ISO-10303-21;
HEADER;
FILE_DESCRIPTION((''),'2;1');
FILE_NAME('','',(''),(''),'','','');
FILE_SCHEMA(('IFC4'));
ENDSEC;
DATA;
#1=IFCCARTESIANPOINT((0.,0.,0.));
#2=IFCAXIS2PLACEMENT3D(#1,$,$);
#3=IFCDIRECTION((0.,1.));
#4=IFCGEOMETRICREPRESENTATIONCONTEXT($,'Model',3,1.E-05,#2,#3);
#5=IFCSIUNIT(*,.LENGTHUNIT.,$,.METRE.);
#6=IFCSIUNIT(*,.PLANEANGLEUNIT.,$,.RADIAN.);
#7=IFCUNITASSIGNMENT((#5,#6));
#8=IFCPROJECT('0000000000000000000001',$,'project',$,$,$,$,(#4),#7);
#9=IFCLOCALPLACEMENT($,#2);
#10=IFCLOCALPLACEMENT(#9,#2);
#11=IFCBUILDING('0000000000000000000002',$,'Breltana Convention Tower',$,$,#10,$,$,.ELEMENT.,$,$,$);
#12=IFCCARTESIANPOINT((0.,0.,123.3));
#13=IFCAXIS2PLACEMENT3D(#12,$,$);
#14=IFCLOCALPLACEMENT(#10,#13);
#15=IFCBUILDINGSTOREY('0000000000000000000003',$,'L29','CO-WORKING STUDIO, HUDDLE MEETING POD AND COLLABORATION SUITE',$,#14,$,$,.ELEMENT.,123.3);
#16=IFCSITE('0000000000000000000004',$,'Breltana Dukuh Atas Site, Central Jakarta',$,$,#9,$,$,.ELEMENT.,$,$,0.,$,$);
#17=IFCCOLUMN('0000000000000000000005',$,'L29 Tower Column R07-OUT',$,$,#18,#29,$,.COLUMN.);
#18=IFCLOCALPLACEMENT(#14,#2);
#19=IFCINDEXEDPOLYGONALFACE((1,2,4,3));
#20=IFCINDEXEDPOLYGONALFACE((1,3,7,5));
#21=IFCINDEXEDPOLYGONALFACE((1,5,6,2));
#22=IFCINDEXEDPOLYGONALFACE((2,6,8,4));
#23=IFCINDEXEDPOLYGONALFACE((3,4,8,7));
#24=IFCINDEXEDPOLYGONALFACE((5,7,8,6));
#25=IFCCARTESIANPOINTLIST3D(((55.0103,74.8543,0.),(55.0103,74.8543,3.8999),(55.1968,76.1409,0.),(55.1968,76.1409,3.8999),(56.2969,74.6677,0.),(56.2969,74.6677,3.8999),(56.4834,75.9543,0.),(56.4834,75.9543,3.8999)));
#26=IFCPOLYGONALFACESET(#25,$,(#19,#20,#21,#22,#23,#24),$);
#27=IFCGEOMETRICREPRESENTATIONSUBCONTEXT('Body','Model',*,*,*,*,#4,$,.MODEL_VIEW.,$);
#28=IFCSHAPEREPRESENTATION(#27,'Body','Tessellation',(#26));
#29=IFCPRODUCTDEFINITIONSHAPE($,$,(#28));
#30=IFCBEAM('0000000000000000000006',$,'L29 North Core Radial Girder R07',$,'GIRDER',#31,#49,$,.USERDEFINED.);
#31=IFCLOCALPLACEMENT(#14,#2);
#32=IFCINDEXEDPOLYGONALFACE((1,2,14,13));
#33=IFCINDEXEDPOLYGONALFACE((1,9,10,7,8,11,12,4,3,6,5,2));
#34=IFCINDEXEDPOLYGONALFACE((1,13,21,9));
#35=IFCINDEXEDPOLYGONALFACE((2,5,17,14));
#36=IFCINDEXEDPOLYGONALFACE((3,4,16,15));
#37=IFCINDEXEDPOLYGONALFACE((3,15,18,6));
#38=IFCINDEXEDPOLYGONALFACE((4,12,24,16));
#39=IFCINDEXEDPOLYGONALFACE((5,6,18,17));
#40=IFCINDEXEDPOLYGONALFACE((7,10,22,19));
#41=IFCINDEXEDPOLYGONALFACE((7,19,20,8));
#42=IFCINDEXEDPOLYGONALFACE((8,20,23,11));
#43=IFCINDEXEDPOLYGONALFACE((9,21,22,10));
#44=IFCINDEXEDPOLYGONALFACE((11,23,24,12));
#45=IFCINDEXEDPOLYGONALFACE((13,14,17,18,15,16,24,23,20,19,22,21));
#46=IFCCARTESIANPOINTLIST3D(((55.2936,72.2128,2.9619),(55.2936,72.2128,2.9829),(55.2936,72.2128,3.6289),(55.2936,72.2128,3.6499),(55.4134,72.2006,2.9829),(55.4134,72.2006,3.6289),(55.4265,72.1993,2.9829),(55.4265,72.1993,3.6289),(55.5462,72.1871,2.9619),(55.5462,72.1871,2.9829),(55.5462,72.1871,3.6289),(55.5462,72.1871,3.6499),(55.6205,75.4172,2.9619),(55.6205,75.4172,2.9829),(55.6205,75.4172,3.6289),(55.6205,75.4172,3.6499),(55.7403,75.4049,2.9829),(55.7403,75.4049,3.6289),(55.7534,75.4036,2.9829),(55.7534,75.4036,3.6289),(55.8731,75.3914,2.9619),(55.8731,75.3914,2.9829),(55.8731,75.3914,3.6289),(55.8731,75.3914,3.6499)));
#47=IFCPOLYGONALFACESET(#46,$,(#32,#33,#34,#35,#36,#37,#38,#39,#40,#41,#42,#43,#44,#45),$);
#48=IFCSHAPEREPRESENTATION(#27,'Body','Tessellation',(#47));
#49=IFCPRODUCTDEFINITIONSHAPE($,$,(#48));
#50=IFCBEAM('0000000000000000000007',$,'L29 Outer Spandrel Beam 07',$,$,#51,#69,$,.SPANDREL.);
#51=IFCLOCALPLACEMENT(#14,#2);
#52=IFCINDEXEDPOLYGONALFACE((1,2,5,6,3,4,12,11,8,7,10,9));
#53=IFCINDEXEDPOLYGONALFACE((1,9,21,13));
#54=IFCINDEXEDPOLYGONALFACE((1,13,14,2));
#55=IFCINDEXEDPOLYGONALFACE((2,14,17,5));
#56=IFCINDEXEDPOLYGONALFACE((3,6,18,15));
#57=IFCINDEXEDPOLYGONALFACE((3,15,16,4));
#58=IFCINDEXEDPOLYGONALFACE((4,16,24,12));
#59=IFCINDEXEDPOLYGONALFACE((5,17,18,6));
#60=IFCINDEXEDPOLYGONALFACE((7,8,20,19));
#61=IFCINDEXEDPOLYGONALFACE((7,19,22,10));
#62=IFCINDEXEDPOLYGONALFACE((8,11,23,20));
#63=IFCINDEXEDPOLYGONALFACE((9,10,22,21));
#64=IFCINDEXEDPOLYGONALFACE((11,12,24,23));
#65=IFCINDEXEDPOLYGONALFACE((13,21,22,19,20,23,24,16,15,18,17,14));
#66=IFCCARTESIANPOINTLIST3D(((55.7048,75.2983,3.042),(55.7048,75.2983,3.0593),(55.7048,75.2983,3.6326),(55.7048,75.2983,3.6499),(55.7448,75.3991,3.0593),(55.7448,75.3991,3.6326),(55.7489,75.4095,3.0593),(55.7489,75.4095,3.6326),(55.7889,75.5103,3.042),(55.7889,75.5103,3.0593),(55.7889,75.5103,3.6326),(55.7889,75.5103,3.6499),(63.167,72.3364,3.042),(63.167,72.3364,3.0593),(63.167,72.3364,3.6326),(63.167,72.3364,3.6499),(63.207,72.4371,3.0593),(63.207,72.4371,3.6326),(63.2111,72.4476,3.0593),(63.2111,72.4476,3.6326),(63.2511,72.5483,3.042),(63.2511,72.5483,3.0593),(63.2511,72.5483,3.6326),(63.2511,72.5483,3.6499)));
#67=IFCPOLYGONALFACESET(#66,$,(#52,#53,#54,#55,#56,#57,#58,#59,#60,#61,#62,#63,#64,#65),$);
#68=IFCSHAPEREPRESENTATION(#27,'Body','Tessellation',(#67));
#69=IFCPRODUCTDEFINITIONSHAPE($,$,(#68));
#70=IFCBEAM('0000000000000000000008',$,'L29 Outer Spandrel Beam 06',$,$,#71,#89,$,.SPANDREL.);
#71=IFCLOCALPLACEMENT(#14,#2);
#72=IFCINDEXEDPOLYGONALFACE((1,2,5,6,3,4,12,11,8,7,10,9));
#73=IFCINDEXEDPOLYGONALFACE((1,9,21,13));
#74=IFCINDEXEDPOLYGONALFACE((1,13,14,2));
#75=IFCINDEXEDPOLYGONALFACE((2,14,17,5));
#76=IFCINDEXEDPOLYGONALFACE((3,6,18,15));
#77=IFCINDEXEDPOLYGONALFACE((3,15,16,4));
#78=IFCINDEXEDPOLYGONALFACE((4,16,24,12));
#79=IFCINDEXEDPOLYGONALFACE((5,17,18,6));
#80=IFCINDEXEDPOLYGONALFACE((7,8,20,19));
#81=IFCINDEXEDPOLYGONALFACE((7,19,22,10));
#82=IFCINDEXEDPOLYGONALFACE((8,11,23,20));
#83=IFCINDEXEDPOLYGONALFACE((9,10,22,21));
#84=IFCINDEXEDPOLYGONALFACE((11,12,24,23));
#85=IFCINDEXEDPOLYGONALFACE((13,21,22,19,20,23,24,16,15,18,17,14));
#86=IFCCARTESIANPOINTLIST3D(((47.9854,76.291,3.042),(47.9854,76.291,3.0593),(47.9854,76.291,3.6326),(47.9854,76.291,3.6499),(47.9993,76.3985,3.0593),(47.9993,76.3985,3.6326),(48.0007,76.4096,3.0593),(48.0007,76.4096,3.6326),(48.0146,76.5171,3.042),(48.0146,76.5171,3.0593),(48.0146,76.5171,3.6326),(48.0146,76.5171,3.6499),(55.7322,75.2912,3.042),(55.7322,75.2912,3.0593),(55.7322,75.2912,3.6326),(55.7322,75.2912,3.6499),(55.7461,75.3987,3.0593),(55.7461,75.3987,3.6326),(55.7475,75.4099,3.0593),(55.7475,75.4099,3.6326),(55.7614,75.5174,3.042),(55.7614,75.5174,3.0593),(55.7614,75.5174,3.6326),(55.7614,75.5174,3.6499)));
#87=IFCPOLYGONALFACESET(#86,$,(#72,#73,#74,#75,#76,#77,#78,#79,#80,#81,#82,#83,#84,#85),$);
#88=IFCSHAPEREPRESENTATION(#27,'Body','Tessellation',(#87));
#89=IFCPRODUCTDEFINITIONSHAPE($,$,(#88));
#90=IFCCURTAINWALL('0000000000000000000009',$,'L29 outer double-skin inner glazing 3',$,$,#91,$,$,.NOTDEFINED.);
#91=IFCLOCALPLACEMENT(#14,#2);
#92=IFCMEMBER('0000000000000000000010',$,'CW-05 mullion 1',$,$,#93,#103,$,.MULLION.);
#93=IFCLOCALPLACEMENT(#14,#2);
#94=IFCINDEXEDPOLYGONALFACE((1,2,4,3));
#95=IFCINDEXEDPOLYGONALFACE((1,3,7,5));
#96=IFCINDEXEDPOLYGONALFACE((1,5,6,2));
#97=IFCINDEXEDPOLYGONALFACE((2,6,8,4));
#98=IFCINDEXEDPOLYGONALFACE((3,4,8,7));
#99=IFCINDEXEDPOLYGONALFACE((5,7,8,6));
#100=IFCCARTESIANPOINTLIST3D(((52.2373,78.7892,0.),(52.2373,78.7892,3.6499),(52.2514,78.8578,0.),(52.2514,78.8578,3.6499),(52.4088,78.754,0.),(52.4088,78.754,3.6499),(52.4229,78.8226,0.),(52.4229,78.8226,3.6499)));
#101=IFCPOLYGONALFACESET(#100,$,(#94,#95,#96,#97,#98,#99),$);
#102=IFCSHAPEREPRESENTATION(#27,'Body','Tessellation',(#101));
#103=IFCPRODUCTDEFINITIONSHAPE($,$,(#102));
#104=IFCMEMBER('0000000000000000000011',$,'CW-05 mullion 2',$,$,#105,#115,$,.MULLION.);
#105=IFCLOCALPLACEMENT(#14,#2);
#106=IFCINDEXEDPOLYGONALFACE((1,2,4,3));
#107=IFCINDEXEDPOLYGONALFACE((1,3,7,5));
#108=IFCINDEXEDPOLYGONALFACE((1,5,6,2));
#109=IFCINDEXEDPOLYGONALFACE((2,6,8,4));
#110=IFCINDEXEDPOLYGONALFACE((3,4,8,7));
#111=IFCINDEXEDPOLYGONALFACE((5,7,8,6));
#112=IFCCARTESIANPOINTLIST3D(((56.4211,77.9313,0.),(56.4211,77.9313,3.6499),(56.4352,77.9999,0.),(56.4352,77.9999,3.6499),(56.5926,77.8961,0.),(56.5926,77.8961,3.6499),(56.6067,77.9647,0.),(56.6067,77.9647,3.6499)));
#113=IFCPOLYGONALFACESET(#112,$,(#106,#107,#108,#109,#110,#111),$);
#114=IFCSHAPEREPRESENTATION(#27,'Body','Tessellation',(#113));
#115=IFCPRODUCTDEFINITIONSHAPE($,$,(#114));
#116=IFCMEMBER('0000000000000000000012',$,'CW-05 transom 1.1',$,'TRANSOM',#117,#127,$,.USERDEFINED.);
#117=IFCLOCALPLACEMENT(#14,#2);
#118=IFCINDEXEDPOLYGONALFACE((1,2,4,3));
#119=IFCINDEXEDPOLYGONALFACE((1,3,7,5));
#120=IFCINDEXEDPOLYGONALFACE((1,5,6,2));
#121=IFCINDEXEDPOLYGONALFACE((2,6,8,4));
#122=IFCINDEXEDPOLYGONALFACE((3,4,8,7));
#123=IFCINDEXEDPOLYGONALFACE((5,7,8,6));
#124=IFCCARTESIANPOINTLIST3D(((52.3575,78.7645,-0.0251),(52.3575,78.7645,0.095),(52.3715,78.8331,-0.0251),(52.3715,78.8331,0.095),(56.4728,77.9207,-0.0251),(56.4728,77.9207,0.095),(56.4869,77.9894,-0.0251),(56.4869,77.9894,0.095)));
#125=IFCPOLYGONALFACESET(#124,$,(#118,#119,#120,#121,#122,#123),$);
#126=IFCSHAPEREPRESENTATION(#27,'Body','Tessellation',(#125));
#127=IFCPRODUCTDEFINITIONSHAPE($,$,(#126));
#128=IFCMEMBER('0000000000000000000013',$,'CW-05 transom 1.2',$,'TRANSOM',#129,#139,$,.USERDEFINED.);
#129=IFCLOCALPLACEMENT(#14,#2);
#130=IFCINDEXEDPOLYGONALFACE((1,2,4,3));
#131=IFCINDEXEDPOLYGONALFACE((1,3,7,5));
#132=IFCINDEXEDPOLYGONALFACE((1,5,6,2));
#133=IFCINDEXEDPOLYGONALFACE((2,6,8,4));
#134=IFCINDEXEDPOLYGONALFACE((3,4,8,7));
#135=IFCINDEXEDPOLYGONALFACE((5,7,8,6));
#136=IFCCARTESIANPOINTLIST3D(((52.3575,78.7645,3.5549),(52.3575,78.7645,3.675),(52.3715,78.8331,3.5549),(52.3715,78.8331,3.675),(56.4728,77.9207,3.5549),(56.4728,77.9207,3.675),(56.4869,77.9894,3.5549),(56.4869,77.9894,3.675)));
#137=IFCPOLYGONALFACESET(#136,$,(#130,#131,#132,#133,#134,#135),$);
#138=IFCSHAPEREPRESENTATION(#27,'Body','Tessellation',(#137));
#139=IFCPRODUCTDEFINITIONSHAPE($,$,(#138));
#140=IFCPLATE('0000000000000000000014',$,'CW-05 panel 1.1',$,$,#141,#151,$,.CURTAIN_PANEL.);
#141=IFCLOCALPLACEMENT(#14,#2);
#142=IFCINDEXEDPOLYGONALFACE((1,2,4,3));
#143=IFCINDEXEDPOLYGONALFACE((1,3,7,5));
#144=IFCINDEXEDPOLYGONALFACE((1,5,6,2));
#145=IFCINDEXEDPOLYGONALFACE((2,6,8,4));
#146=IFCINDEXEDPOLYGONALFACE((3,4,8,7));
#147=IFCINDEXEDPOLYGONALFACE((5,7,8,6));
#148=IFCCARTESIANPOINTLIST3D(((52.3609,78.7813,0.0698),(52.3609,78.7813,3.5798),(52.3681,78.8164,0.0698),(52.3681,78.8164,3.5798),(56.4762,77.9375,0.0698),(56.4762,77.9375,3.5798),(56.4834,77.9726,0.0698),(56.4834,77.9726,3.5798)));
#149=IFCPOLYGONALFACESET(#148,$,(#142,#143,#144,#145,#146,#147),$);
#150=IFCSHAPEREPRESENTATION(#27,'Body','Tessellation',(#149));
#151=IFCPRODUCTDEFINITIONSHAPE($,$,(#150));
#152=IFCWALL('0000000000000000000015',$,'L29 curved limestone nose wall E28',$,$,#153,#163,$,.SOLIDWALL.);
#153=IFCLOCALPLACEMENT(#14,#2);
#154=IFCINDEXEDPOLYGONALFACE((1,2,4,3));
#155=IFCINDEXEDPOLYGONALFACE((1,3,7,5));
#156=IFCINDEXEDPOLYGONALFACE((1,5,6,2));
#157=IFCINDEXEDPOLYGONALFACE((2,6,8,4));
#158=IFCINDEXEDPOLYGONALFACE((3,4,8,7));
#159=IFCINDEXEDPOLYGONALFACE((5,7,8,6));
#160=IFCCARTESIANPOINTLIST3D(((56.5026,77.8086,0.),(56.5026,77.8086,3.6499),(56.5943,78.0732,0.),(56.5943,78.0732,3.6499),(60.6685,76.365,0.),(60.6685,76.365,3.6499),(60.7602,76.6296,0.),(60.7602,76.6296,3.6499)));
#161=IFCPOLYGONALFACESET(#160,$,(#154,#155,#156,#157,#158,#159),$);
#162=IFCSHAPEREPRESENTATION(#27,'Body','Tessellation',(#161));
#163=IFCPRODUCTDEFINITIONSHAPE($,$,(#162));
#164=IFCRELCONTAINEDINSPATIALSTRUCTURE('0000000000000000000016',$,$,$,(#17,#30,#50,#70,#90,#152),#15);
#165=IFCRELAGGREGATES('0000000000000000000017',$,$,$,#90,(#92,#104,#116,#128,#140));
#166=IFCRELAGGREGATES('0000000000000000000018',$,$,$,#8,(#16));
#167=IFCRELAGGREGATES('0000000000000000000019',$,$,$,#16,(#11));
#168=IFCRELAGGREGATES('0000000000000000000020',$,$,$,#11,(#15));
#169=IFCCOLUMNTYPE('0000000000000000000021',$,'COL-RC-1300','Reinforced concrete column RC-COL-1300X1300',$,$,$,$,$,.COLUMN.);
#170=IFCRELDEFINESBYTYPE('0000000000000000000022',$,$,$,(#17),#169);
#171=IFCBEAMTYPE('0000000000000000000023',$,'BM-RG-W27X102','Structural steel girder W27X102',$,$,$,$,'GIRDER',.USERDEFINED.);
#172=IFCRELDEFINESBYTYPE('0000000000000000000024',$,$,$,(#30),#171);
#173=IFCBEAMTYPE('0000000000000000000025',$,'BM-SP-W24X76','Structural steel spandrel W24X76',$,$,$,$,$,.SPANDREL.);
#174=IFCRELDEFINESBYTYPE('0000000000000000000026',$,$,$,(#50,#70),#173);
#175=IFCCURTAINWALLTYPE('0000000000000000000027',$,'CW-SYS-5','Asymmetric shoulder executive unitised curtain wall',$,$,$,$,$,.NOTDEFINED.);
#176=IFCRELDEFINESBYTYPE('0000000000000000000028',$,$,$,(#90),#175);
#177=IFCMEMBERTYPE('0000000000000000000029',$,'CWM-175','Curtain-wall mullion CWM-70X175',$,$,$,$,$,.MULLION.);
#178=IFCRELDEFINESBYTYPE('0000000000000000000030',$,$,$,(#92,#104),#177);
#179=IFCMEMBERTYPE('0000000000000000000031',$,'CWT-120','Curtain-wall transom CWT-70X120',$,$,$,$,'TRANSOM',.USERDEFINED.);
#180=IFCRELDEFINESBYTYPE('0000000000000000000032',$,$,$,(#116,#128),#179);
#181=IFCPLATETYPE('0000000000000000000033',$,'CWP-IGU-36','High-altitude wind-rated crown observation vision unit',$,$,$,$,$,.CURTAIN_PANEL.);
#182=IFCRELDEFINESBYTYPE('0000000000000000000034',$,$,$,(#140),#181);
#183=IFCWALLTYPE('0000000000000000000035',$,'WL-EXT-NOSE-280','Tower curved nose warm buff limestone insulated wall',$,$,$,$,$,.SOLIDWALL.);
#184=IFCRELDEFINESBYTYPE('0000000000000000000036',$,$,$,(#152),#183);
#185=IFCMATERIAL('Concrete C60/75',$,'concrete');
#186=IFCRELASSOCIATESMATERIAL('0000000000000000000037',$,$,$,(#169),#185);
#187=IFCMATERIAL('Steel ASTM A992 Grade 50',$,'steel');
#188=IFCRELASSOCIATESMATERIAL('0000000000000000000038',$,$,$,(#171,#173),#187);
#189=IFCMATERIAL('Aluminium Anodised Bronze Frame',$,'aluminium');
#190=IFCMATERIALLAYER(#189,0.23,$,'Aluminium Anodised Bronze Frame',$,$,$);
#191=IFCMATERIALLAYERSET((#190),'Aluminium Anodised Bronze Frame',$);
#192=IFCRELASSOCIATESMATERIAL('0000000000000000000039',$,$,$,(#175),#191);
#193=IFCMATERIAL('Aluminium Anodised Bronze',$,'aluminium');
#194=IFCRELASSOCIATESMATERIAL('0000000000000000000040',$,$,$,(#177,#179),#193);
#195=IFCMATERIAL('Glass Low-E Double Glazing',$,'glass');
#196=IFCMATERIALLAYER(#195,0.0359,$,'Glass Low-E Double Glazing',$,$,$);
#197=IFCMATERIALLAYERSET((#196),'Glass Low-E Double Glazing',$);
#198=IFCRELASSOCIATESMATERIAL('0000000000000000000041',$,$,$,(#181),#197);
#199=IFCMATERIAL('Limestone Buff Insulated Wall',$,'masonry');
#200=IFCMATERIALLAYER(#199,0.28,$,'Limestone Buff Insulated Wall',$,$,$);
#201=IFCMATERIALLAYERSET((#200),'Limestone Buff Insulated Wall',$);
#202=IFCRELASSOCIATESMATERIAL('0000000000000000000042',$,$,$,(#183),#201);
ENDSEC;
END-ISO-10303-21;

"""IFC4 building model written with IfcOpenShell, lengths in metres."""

from ifc_helpers import new_model, si_unit, direction, frame, frame_2d, origin, origin_2d, place, context, subcontext, project, spatial, rectangle, i_section, extrude, source, transform, mapped, material, layer, layer_set, material_profile, profile_set, type_object, element, aggregate, save


model = new_model("IFC4")

# Units and contexts
model_context = context("Model", 3, precision=1e-05, world=origin(), true_north=direction((0.0, 1.0)))
body_context = subcontext(model_context, "Body", "Model", "MODEL_VIEW")
ifc_project = project(units=[si_unit("LENGTHUNIT", "METRE"), si_unit("PLANEANGLEUNIT", "RADIAN")], contexts=[model_context])

# Site, building, storey
site_placement = place(None, origin())
site = spatial("IfcSite", under=ifc_project, at=site_placement, Name="Breltana Dukuh Atas Site, Central Jakarta", CompositionType="ELEMENT", RefElevation=0.0)
building_placement = place(site_placement, origin())
building = spatial("IfcBuilding", under=site, at=building_placement, Name="Breltana Convention Tower", CompositionType="ELEMENT")
storey_placement = place(building_placement, frame((0.0, 0.0, 123.3)))
storey = spatial("IfcBuildingStorey", under=building, at=storey_placement, Name="L29", Description="CO-WORKING STUDIO, HUDDLE MEETING POD AND COLLABORATION SUITE", CompositionType="ELEMENT", Elevation=123.3)

# Column
ifc_material_1 = material(Name="Concrete C60/75", Category="concrete")
ifc_material_profile_1 = material_profile(ifc_material_1, rectangle(XDim=1.3, YDim=1.3, at=origin_2d()), Name="RC-COL-1300X1300")
ifc_profile_set_1 = profile_set([ifc_material_profile_1], Name="Concrete C60/75")
column_type = type_object("IfcColumnType", Name="COL-RC-1300", Description="Reinforced concrete column RC-COL-1300X1300", PredefinedType="COLUMN", material=ifc_profile_set_1)
shared_shape_1 = source(origin(), body_context, "Body", "SweptSolid", [
    extrude(rectangle(XDim=1.3, YDim=1.3, at=origin_2d()), origin(), (0.0, 0.0, 1.0), 3.8999),
])
column_placement = place(storey_placement, frame((55.7468, 75.4043, 0.0), z_axis=(0.0, 0.0, 1.0), x_axis=(0.143493, 0.989651, 0.0)))
element("IfcColumn", 1, at=column_placement, inside=storey, type_object=column_type, Name="L29 Tower Column R07-OUT", PredefinedType="COLUMN", context=body_context, shape_type="MappedRepresentation", body=[
    mapped(shared_shape_1, transform((0.0, 0.0, 0.0), scale=1.0)),
])

# Beams
ifc_material_2 = material(Name="Steel ASTM A992 Grade 50", Category="steel")
ifc_material_profile_2 = material_profile(ifc_material_2, i_section(OverallWidth=0.2539, OverallDepth=0.688, WebThickness=0.0132, FlangeThickness=0.021, at=origin_2d()), Name="W27X102")
ifc_profile_set_2 = profile_set([ifc_material_profile_2], Name="Steel ASTM A992 Grade 50")
beam_type_1 = type_object("IfcBeamType", Name="BM-RG-W27X102", Description="Structural steel girder W27X102", ElementType="GIRDER", PredefinedType="USERDEFINED", material=ifc_profile_set_2)
shared_shape_2 = source(origin(), body_context, "Body", "SweptSolid", [
    extrude(i_section(OverallWidth=0.2539, OverallDepth=0.688, WebThickness=0.0132, FlangeThickness=0.021, at=origin_2d()), origin(), (0.0, 0.0, 1.0), 3.2209),
])
beam_1_placement = place(storey_placement, frame((55.4199, 72.2, 3.3059), z_axis=(0.101492, 0.994836, 0.0), x_axis=(-0.994836, 0.101492, 0.0)))
element("IfcBeam", 2, at=beam_1_placement, inside=storey, type_object=beam_type_1, Name="L29 North Core Radial Girder R07", ObjectType="GIRDER", PredefinedType="USERDEFINED", context=body_context, shape_type="MappedRepresentation", body=[
    mapped(shared_shape_2, transform((0.0, 0.0, 0.0), scale=1.0)),
])
ifc_material_profile_3 = material_profile(ifc_material_2, i_section(OverallWidth=0.228, OverallDepth=0.6079, WebThickness=0.0112, FlangeThickness=0.0173, at=origin_2d()), Name="W24X76")
ifc_profile_set_3 = profile_set([ifc_material_profile_3], Name="Steel ASTM A992 Grade 50")
beam_type_2 = type_object("IfcBeamType", Name="BM-SP-W24X76", Description="Structural steel spandrel W24X76", PredefinedType="SPANDREL", material=ifc_profile_set_3)
shared_shape_3 = source(origin(), body_context, "Body", "SweptSolid", [
    extrude(i_section(OverallWidth=0.228, OverallDepth=0.6079, WebThickness=0.0112, FlangeThickness=0.0173, at=origin_2d()), origin(), (0.0, 0.0, 1.0), 8.0286),
])
beam_2_placement = place(storey_placement, frame((55.7468, 75.4043, 3.3459), z_axis=(0.929459, -0.368925, 0.0), x_axis=(0.368925, 0.929459, 0.0)))
element("IfcBeam", 3, at=beam_2_placement, inside=storey, type_object=beam_type_2, Name="L29 Outer Spandrel Beam 07", PredefinedType="SPANDREL", context=body_context, shape_type="MappedRepresentation", body=[
    mapped(shared_shape_3, transform((0.0, 0.0, 0.0), scale=1.0)),
])
shared_shape_4 = source(origin(), body_context, "Body", "SweptSolid", [
    extrude(i_section(OverallWidth=0.228, OverallDepth=0.6079, WebThickness=0.0112, FlangeThickness=0.0173, at=origin_2d()), origin(), (0.0, 0.0, 1.0), 7.811),
])
beam_3_placement = place(storey_placement, frame((48.0, 76.4041, 3.3459), z_axis=(0.991775, -0.127992, 0.0), x_axis=(0.127992, 0.991775, 0.0)))
element("IfcBeam", 4, at=beam_3_placement, inside=storey, type_object=beam_type_2, Name="L29 Outer Spandrel Beam 06", PredefinedType="SPANDREL", context=body_context, shape_type="MappedRepresentation", body=[
    mapped(shared_shape_4, transform((0.0, 0.0, 0.0), scale=1.0)),
])

# Curtain wall, members, plate
ifc_material_3 = material(Name="Aluminium Anodised Bronze Frame", Category="aluminium")
ifc_layer_1 = layer(ifc_material_3, 0.23, Name="Aluminium Anodised Bronze Frame")
ifc_layer_set_1 = layer_set([ifc_layer_1], Name="Aluminium Anodised Bronze Frame")
curtain_wall_type = type_object("IfcCurtainWallType", Name="CW-SYS-5", Description="Asymmetric shoulder executive unitised curtain wall", PredefinedType="NOTDEFINED", material=ifc_layer_set_1)
curtain_wall_placement = place(storey_placement, origin())
curtain_wall = element("IfcCurtainWall", 5, at=curtain_wall_placement, inside=storey, type_object=curtain_wall_type, Name="L29 outer double-skin inner glazing 3", PredefinedType="NOTDEFINED")
ifc_material_4 = material(Name="Aluminium Anodised Bronze", Category="aluminium")
ifc_material_profile_4 = material_profile(ifc_material_4, rectangle(XDim=0.0701, YDim=0.175, at=origin_2d()), Name="CWM-70X175")
ifc_profile_set_4 = profile_set([ifc_material_profile_4], Name="Aluminium Anodised Bronze")
member_type_1 = type_object("IfcMemberType", Name="CWM-175", Description="Curtain-wall mullion CWM-70X175", PredefinedType="MULLION", material=ifc_profile_set_4)
shared_shape_5 = source(origin(), body_context, "Body", "SweptSolid", [
    extrude(rectangle(XDim=0.0701, YDim=0.175, at=origin_2d()), origin(), (0.0, 0.0, 1.0), 3.6499),
])
member_1_placement = place(storey_placement, frame((52.3301, 78.8059, 0.0), z_axis=(0.0, 0.0, 1.0), x_axis=(0.200859, 0.97962, 0.0)))
member_1 = element("IfcMember", 6, at=member_1_placement, type_object=member_type_1, Name="CW-05 mullion 1", PredefinedType="MULLION", context=body_context, shape_type="MappedRepresentation", body=[
    mapped(shared_shape_5, transform((0.0, 0.0, 0.0), scale=1.0)),
])
member_2_placement = place(storey_placement, frame((56.5139, 77.948, 0.0), z_axis=(0.0, 0.0, 1.0), x_axis=(0.200859, 0.97962, 0.0)))
member_2 = element("IfcMember", 7, at=member_2_placement, type_object=member_type_1, Name="CW-05 mullion 2", PredefinedType="MULLION", context=body_context, shape_type="MappedRepresentation", body=[
    mapped(shared_shape_5, transform((0.0, 0.0, 0.0), scale=1.0)),
])
ifc_material_profile_5 = material_profile(ifc_material_4, rectangle(XDim=0.0701, YDim=0.1201, at=origin_2d()), Name="CWT-70X120")
ifc_profile_set_5 = profile_set([ifc_material_profile_5], Name="Aluminium Anodised Bronze")
member_type_2 = type_object("IfcMemberType", Name="CWT-120", Description="Curtain-wall transom CWT-70X120", ElementType="TRANSOM", PredefinedType="USERDEFINED", material=ifc_profile_set_5)
shared_shape_6 = source(origin(), body_context, "Body", "SweptSolid", [
    extrude(rectangle(XDim=0.0701, YDim=0.1201, at=origin_2d()), origin(), (0.0, 0.0, 1.0), 4.2009),
])
member_3_placement = place(storey_placement, frame((52.3645, 78.7988, 0.0349), z_axis=(0.979621, -0.200853, 0.0), x_axis=(0.200853, 0.979621, 0.0)))
member_3 = element("IfcMember", 8, at=member_3_placement, type_object=member_type_2, Name="CW-05 transom 1.1", ObjectType="TRANSOM", PredefinedType="USERDEFINED", context=body_context, shape_type="MappedRepresentation", body=[
    mapped(shared_shape_6, transform((0.0, 0.0, 0.0), scale=1.0)),
])
member_4_placement = place(storey_placement, frame((52.3645, 78.7988, 3.615), z_axis=(0.979621, -0.200853, 0.0), x_axis=(0.200853, 0.979621, 0.0)))
member_4 = element("IfcMember", 9, at=member_4_placement, type_object=member_type_2, Name="CW-05 transom 1.2", ObjectType="TRANSOM", PredefinedType="USERDEFINED", context=body_context, shape_type="MappedRepresentation", body=[
    mapped(shared_shape_6, transform((0.0, 0.0, 0.0), scale=1.0)),
])
ifc_material_5 = material(Name="Glass Low-E Double Glazing", Category="glass")
ifc_layer_2 = layer(ifc_material_5, 0.0359, Name="Glass Low-E Double Glazing")
ifc_layer_set_2 = layer_set([ifc_layer_2], Name="Glass Low-E Double Glazing")
plate_type = type_object("IfcPlateType", Name="CWP-IGU-36", Description="High-altitude wind-rated crown observation vision unit", PredefinedType="CURTAIN_PANEL", material=ifc_layer_set_2)
shared_shape_7 = source(origin(), body_context, "Body", "SweptSolid", [
    extrude(rectangle(XDim=4.2009, YDim=0.0359, at=origin_2d()), origin(), (0.0, 0.0, 1.0), 3.51),
])
plate_placement = place(storey_placement, frame((54.4221, 78.377, 0.0698), z_axis=(0.0, 0.0, 1.0), x_axis=(0.97962, -0.200859, 0.0)))
plate = element("IfcPlate", 10, at=plate_placement, type_object=plate_type, Name="CW-05 panel 1.1", PredefinedType="CURTAIN_PANEL", context=body_context, shape_type="MappedRepresentation", body=[
    mapped(shared_shape_7, transform((0.0, 0.0, 0.0), scale=1.0)),
])
aggregate(curtain_wall, [member_1, member_2, member_3, member_4, plate])

# Wall
ifc_material_6 = material(Name="Limestone Buff Insulated Wall", Category="masonry")
ifc_layer_3 = layer(ifc_material_6, 0.28, Name="Limestone Buff Insulated Wall")
ifc_layer_set_3 = layer_set([ifc_layer_3], Name="Limestone Buff Insulated Wall")
wall_type_1 = type_object("IfcWallType", Name="WL-EXT-NOSE-280", Description="Tower curved nose warm buff limestone insulated wall", PredefinedType="SOLIDWALL", material=ifc_layer_set_3)
shared_shape_8 = source(origin(), body_context, "Body", "SweptSolid", [
    extrude(rectangle(XDim=4.4089, YDim=0.28, at=frame_2d((2.2046, 0.0))), origin(), (0.0, 0.0, 1.0), 3.6499),
])
wall_1_placement = place(storey_placement, frame((56.5483, 77.9409, 0.0), z_axis=(0.0, 0.0, 1.0), x_axis=(0.944879, -0.327419, 0.0)))
element("IfcWall", 11, at=wall_1_placement, inside=storey, type_object=wall_type_1, Name="L29 curved limestone nose wall E28", PredefinedType="SOLIDWALL", context=body_context, shape_type="MappedRepresentation", body=[
    mapped(shared_shape_8, transform((0.0, 0.0, 0.0), scale=1.0)),
])

save(model, "model.ifc")
